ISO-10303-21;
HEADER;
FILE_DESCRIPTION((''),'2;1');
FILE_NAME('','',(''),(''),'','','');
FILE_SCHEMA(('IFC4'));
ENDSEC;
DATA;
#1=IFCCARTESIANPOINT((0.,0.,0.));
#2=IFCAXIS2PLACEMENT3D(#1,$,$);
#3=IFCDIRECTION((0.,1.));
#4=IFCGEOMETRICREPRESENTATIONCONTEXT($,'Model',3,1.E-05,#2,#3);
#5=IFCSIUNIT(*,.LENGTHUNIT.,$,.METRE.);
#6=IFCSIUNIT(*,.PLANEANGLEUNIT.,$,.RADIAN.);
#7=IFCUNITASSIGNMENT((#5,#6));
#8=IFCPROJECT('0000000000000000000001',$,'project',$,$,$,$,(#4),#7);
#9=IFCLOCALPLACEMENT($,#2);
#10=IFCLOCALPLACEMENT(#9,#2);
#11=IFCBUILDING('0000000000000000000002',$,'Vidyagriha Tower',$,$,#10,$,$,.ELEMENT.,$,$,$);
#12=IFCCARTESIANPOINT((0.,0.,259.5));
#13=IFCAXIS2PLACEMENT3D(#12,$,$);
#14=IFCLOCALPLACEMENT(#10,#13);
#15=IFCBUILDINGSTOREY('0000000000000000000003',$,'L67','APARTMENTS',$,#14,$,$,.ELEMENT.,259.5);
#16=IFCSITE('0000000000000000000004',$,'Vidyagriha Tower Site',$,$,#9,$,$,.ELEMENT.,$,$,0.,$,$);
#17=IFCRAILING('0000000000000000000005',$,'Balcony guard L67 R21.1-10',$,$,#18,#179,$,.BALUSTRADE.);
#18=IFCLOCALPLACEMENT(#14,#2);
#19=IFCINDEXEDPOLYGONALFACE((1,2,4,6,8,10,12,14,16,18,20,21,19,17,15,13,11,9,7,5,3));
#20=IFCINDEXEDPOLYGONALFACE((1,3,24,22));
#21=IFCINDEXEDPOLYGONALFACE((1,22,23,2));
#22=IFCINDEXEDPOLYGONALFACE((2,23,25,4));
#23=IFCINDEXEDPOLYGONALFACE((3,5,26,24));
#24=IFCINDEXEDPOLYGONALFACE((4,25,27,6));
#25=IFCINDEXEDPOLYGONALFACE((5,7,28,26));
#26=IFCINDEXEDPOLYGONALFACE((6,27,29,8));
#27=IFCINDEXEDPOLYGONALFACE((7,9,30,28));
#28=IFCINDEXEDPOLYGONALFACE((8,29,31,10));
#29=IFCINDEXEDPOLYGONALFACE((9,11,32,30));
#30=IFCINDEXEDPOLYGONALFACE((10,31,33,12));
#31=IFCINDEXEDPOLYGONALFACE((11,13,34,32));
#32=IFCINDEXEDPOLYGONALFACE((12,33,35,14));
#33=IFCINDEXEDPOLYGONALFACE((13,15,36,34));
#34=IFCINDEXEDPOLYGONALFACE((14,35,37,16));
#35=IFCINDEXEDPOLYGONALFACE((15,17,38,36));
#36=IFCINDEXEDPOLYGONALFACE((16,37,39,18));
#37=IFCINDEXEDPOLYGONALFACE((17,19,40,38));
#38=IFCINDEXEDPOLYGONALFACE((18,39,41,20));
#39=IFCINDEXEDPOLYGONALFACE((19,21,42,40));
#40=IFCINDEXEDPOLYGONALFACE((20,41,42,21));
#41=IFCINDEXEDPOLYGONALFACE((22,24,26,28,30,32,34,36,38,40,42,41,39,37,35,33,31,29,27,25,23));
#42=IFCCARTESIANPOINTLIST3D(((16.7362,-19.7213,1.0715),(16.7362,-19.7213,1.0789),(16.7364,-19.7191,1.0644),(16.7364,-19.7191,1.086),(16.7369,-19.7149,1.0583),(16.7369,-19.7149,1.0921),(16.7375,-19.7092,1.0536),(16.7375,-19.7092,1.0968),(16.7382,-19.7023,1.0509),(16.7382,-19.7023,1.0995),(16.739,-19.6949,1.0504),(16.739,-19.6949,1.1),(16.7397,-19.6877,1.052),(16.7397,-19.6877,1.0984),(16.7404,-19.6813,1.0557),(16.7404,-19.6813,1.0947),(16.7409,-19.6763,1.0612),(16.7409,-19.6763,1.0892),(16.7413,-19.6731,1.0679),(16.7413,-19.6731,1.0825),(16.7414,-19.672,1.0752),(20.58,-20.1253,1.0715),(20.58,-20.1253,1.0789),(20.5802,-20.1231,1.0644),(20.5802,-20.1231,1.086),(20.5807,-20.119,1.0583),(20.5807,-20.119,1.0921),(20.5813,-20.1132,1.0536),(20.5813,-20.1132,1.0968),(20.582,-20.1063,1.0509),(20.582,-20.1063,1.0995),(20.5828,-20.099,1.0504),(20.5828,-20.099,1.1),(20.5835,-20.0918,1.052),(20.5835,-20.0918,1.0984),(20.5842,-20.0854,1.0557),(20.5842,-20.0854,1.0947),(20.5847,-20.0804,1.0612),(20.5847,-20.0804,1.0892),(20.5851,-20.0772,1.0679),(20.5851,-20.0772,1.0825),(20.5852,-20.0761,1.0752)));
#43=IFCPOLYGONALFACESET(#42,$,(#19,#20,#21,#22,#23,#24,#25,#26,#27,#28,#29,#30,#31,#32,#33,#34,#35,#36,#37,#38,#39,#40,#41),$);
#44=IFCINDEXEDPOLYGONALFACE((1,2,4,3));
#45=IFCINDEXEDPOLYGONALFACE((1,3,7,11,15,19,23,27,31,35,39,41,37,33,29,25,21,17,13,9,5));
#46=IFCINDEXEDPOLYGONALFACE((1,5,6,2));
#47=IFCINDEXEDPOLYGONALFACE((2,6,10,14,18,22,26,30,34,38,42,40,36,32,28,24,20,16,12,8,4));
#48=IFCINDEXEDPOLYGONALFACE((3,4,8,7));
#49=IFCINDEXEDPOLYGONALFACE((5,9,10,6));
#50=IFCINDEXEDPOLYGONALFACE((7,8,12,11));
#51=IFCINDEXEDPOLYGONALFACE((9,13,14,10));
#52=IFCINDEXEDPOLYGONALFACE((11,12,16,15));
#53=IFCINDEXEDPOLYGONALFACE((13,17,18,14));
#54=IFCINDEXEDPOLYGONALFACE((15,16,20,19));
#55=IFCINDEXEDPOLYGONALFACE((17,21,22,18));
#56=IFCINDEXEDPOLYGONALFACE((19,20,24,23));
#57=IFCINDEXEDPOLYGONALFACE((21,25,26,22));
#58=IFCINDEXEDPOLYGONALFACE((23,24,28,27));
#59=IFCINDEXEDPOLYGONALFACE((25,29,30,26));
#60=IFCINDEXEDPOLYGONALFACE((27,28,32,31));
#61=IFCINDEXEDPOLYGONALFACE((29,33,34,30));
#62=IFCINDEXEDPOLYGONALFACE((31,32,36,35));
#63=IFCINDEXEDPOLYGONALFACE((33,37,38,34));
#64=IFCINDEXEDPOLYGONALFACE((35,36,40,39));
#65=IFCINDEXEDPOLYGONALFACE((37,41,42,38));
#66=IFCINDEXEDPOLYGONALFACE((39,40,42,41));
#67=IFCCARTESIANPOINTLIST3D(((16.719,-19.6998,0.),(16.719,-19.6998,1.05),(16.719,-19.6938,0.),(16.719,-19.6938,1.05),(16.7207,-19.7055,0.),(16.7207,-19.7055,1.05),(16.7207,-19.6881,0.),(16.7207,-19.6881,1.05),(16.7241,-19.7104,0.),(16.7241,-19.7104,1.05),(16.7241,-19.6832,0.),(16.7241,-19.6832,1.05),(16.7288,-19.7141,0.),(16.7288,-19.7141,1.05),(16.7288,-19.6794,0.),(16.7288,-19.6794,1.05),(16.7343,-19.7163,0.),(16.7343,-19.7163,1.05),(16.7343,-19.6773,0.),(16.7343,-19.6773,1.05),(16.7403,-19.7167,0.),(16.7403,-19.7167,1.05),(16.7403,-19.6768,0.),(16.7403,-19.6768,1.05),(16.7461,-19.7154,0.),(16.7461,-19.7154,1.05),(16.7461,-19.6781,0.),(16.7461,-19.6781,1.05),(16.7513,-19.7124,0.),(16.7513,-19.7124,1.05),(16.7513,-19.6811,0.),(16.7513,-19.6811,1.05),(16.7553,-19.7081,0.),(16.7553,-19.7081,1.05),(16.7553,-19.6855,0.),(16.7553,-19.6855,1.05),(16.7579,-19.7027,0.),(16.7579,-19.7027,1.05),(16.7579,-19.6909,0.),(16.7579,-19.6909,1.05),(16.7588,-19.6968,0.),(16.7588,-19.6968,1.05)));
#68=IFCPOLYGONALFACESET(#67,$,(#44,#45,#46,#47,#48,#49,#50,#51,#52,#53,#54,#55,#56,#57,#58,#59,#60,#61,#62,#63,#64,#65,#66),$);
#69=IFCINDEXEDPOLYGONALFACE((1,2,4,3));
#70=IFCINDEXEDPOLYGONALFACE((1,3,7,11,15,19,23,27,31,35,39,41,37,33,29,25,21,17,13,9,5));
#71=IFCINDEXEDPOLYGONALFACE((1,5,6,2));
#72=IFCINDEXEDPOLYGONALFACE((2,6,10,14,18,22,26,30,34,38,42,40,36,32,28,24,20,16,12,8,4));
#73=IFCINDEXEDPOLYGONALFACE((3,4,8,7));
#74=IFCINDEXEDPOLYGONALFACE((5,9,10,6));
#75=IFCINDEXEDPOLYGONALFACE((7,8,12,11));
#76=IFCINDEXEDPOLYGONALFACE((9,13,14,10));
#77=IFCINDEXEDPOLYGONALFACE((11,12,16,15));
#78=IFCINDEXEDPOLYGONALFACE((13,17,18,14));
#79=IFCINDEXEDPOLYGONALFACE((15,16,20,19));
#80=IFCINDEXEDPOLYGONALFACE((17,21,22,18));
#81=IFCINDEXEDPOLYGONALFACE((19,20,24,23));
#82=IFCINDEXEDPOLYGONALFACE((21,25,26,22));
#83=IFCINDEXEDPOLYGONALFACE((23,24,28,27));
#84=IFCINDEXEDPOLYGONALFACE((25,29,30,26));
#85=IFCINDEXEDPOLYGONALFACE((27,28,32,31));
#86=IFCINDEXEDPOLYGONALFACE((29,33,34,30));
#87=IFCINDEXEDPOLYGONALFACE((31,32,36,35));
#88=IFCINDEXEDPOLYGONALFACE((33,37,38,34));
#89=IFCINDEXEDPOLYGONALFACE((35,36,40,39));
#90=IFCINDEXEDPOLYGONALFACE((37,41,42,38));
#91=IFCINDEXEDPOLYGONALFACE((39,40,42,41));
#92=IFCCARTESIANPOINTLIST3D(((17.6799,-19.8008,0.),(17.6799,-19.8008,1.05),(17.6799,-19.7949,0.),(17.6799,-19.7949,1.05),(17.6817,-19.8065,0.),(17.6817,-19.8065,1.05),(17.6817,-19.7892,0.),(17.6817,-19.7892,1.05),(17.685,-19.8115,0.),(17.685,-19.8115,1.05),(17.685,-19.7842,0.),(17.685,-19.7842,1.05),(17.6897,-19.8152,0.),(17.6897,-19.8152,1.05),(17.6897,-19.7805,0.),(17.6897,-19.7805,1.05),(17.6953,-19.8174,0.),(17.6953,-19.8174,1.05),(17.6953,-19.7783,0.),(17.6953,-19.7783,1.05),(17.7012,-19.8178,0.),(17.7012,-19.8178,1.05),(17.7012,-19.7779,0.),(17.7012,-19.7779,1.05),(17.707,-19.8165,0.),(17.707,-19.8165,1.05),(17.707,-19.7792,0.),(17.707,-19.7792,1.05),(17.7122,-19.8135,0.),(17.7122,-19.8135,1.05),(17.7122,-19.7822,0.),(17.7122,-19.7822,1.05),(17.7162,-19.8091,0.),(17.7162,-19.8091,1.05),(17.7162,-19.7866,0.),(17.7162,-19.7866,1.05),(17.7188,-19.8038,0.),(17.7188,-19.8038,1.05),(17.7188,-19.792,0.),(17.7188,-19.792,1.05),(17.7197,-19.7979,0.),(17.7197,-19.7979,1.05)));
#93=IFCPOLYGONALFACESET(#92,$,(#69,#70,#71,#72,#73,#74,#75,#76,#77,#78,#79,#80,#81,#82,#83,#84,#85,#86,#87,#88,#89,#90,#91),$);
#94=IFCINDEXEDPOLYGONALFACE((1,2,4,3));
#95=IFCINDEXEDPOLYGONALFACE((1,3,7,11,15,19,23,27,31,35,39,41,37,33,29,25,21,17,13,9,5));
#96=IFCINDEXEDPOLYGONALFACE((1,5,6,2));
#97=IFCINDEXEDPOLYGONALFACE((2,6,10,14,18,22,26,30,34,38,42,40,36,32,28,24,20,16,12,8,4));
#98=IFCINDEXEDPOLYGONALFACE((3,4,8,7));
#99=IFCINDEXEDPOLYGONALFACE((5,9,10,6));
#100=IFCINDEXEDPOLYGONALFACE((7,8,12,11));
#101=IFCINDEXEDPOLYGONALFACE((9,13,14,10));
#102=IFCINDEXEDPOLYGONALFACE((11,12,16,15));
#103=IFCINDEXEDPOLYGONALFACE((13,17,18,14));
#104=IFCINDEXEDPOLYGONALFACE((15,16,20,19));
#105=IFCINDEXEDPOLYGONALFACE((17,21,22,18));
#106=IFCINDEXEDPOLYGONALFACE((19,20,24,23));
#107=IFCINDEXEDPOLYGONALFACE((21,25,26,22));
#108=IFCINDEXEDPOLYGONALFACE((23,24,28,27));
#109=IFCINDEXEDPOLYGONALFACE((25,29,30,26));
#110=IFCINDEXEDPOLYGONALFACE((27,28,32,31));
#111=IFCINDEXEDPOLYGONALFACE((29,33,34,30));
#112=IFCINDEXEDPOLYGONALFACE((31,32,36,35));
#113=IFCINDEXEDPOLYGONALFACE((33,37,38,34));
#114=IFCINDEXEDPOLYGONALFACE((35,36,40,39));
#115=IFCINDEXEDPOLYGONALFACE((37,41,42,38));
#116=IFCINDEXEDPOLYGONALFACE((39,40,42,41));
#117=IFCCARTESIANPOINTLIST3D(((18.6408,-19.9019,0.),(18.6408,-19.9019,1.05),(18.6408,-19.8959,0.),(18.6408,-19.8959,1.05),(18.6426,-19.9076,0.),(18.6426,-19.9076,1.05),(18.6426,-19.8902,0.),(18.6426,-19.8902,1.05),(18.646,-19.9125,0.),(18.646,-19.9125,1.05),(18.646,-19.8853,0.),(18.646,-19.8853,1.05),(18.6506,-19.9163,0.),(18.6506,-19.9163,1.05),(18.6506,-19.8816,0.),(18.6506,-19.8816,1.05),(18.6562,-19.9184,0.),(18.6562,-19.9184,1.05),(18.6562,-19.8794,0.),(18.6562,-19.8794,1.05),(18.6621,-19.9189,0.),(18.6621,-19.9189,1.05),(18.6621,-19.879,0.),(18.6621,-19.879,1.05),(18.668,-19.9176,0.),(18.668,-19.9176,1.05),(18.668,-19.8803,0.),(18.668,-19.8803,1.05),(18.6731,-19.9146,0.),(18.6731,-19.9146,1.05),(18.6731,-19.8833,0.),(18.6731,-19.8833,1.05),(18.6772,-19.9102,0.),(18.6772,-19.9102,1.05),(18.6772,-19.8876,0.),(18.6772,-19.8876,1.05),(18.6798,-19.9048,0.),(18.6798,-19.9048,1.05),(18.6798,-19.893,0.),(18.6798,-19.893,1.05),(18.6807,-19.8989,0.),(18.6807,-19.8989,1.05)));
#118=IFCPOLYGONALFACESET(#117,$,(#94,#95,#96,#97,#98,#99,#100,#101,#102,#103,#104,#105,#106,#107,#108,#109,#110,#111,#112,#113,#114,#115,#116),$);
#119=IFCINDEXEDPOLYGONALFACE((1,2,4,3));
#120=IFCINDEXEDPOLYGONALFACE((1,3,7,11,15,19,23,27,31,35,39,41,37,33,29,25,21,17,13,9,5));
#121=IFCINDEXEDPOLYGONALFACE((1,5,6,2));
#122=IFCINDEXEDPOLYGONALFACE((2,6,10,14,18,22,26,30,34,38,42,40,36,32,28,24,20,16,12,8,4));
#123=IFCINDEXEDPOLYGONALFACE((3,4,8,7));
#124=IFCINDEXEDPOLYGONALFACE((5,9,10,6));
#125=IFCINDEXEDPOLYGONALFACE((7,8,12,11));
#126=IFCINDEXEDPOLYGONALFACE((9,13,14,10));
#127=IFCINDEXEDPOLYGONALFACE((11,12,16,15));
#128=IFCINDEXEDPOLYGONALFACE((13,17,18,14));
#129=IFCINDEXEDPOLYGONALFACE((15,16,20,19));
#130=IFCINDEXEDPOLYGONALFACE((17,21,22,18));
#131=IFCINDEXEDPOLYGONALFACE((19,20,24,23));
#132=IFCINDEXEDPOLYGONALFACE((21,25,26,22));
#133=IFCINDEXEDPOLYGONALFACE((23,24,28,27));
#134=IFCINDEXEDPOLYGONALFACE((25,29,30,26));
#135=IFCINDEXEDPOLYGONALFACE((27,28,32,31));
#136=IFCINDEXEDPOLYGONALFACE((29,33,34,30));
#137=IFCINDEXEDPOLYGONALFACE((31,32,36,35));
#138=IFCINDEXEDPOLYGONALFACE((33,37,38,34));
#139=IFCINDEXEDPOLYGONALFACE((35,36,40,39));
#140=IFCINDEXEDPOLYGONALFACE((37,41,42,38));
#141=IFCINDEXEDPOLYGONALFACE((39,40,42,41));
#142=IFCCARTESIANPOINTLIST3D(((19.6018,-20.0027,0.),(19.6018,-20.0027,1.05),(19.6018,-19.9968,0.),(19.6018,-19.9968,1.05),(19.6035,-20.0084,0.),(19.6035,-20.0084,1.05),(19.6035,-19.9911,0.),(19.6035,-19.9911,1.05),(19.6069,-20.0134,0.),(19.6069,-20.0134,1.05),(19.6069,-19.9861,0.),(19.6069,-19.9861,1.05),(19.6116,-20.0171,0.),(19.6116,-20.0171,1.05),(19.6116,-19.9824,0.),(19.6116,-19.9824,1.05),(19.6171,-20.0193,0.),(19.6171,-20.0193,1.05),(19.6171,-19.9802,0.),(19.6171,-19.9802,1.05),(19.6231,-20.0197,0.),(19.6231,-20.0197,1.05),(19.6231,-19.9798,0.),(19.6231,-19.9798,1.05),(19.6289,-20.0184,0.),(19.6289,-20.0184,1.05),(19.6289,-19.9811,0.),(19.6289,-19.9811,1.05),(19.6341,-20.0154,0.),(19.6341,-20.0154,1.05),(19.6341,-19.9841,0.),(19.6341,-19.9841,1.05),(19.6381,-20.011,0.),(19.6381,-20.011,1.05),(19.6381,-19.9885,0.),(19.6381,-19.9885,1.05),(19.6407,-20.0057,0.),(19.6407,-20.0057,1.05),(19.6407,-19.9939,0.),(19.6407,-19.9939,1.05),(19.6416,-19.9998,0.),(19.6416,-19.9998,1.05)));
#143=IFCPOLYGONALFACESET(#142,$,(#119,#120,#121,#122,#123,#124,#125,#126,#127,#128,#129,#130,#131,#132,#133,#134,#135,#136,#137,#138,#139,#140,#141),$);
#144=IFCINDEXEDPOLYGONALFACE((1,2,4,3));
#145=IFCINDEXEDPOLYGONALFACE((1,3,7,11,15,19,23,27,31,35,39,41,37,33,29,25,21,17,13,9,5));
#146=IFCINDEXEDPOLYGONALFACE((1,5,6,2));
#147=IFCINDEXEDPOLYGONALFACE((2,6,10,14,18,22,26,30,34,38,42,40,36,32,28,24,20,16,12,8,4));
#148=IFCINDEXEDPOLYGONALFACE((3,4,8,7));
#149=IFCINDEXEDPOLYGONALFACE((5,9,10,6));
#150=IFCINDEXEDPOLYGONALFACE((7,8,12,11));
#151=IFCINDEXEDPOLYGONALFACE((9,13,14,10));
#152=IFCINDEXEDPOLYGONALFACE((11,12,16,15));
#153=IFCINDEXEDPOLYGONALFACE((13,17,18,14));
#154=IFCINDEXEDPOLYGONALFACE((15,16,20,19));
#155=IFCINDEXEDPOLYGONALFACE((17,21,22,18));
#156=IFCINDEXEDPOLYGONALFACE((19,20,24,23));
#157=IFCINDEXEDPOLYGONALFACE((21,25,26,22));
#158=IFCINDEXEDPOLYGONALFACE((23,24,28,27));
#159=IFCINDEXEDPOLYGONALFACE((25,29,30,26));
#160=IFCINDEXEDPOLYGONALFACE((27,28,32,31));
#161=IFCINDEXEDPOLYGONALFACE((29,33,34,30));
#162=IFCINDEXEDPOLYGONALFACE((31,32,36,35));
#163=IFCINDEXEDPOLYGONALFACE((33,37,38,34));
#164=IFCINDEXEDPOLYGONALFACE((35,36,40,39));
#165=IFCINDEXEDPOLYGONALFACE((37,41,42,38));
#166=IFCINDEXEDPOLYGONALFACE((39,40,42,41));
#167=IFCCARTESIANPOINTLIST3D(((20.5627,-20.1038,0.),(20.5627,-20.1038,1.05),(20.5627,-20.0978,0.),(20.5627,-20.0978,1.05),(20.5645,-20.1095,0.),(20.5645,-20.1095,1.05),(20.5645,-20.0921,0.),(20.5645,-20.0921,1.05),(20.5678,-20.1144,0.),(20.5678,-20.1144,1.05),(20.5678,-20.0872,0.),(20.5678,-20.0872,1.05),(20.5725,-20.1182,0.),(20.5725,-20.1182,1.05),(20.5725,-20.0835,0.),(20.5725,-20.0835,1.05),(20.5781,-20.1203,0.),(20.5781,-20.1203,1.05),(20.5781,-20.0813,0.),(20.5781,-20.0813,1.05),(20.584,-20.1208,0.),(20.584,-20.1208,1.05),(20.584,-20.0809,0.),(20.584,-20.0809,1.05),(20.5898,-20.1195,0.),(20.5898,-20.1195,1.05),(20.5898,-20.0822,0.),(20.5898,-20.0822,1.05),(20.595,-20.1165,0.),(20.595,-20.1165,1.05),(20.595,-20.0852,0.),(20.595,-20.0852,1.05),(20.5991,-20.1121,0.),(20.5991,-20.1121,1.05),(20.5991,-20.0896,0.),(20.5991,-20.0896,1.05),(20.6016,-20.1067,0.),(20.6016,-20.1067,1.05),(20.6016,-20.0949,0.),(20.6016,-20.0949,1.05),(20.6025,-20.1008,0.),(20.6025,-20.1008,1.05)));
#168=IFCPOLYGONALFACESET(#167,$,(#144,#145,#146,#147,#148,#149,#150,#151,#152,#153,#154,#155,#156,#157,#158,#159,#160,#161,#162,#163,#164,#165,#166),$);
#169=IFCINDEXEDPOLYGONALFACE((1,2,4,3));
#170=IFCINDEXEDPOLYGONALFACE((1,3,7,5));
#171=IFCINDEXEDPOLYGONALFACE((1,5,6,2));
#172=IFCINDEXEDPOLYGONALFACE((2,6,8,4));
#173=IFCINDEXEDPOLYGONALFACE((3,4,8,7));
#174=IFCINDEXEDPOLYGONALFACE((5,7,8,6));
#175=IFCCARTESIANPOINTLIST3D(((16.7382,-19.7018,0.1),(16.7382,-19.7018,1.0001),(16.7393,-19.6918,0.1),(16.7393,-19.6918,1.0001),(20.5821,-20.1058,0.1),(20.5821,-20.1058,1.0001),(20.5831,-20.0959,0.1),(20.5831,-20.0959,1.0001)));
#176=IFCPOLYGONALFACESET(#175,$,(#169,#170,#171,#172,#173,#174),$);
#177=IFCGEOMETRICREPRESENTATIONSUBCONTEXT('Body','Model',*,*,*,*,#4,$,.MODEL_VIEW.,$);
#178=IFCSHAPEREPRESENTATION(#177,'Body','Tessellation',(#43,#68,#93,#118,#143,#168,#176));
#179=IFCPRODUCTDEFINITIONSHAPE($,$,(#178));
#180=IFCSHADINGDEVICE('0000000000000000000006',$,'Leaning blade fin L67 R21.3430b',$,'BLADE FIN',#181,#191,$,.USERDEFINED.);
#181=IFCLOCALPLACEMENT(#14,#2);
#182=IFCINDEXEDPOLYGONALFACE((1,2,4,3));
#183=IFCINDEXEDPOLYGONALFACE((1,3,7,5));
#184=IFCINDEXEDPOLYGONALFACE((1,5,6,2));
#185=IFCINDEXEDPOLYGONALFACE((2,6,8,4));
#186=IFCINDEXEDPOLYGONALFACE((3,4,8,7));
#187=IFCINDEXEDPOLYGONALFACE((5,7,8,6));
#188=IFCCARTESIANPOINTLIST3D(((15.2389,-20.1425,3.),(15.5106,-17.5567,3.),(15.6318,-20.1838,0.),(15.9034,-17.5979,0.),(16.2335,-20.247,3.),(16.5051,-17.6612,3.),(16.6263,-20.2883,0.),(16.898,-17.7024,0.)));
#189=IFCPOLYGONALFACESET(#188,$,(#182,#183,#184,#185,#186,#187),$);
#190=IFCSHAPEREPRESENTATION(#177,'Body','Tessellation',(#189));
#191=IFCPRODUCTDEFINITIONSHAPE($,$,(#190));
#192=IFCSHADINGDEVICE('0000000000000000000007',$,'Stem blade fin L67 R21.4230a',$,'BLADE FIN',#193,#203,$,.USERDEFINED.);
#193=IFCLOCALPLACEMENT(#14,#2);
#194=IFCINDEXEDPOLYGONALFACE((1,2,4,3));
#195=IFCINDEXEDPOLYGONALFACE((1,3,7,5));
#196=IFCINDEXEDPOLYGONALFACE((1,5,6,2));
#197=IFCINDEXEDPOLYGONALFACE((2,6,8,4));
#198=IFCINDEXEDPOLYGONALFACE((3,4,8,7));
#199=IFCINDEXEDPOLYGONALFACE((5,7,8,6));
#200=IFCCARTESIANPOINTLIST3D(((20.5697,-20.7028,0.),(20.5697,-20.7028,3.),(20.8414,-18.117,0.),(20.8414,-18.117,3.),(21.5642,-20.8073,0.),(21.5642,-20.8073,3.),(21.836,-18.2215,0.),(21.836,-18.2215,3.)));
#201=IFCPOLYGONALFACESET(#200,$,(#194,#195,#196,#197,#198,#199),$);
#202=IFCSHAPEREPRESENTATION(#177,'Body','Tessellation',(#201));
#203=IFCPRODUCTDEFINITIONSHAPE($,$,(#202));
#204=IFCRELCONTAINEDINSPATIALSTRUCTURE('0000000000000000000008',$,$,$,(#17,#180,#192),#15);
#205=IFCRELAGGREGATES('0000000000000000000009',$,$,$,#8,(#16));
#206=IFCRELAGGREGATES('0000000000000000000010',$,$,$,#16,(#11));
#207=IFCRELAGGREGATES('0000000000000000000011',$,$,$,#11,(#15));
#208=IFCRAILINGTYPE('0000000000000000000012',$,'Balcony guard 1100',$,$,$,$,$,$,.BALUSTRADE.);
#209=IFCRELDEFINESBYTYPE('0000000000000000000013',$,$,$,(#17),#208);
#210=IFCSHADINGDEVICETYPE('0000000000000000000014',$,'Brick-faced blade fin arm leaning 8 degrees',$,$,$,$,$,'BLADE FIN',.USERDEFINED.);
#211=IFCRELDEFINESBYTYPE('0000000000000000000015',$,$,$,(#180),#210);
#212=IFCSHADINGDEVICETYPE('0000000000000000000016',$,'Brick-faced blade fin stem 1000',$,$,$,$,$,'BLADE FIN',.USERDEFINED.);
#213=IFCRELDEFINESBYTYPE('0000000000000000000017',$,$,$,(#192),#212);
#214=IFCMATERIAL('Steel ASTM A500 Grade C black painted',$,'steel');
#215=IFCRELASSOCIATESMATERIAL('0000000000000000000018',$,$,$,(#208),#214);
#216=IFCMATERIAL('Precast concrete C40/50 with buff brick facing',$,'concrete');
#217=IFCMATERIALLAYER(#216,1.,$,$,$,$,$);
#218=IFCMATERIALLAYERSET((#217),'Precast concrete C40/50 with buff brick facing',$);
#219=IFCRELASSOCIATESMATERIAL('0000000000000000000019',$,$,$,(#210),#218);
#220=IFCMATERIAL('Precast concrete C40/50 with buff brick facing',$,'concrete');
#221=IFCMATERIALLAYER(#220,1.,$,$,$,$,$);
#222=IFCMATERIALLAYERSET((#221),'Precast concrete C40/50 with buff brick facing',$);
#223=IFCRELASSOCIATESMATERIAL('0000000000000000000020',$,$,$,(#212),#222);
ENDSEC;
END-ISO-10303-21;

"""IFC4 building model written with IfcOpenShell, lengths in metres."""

from ifc_helpers import new_model, si_unit, direction, frame, origin, origin_2d, place, context, subcontext, project, spatial, polyline, rectangle, circle, outline, extrude, material, layer, layer_set, type_object, element, save


model = new_model("IFC4")

# Units and contexts
model_context = context("Model", 3, precision=1e-05, world=origin(), true_north=direction((0.0, 1.0)))
body_context = subcontext(model_context, "Body", "Model", "MODEL_VIEW")
ifc_project = project(units=[si_unit("LENGTHUNIT", "METRE"), si_unit("PLANEANGLEUNIT", "RADIAN")], contexts=[model_context])

# Site, building, storey
site_placement = place(None, origin())
site = spatial("IfcSite", under=ifc_project, at=site_placement, Name="Vidyagriha Tower Site", CompositionType="ELEMENT", RefElevation=0.0)
building_placement = place(site_placement, origin())
building = spatial("IfcBuilding", under=site, at=building_placement, Name="Vidyagriha Tower", CompositionType="ELEMENT")
storey_placement = place(building_placement, frame((0.0, 0.0, 259.5)))
storey = spatial("IfcBuildingStorey", under=building, at=storey_placement, Name="L67", Description="APARTMENTS", CompositionType="ELEMENT", Elevation=259.5)

# Railing
ifc_material_1 = material(Name="Steel ASTM A500 Grade C black painted", Category="steel")
railing_type = type_object("IfcRailingType", Name="Balcony guard 1100", PredefinedType="BALUSTRADE", material=ifc_material_1)
railing_1_placement = place(storey_placement, frame((16.7388, -19.6968, 0.0)))
element("IfcRailing", 1, at=railing_1_placement, inside=storey, type_object=railing_type, Name="Balcony guard L67 R21.1-10", PredefinedType="BALUSTRADE", context=body_context, shape_type="SweptSolid", body=[
    extrude(circle(Radius=0.0249, at=origin_2d()), frame((0.0, 0.0, 1.0752), z_axis=(0.99452, -0.104543, 0.0), x_axis=(0.104543, 0.99452, 0.0)), (0.0, 0.0, 1.0), 3.865),
    extrude(circle(Radius=0.02, at=origin_2d()), origin(), (0.0, 0.0, 1.0), 1.05),
    extrude(circle(Radius=0.02, at=origin_2d()), frame((0.9609, -0.1011, 0.0)), (0.0, 0.0, 1.0), 1.05),
    extrude(circle(Radius=0.02, at=origin_2d()), frame((1.9219, -0.2021, 0.0)), (0.0, 0.0, 1.0), 1.05),
    extrude(circle(Radius=0.02, at=origin_2d()), frame((2.8828, -0.303, 0.0)), (0.0, 0.0, 1.0), 1.05),
    extrude(circle(Radius=0.02, at=origin_2d()), frame((3.8438, -0.4041, 0.0)), (0.0, 0.0, 1.0), 1.05),
    extrude(rectangle(XDim=0.01, YDim=0.9001, at=origin_2d()), frame((0.0, 0.0, 0.55), z_axis=(0.99452, -0.104543, 0.0), x_axis=(0.104543, 0.99452, 0.0)), (0.0, 0.0, 1.0), 3.865),
])

# Shading devices
ifc_material_2 = material(Name="Precast concrete C40/50 with buff brick facing", Category="concrete")
ifc_layer_1 = layer(ifc_material_2, 1.0)
ifc_layer_set_1 = layer_set([ifc_layer_1], Name="Precast concrete C40/50 with buff brick facing")
shading_device_type_1 = type_object("IfcShadingDeviceType", Name="Brick-faced blade fin arm leaning 8 degrees", ElementType="BLADE FIN", PredefinedType="USERDEFINED", material=ifc_layer_set_1)
shading_device_1_placement = place(storey_placement, frame((15.3748, -18.8496, 0.0), z_axis=(0.0, 0.0, 1.0), x_axis=(0.994527, -0.104475, 0.0)))
element("IfcShadingDevice", 2, at=shading_device_1_placement, inside=storey, type_object=shading_device_type_1, Name="Leaning blade fin L67 R21.3430b", ObjectType="BLADE FIN", PredefinedType="USERDEFINED", context=body_context, shape_type="SweptSolid", body=[
    extrude(outline(polyline([(0.395, 0.0), (1.395, 0.0), (1.0, 3.0), (0.0, 3.0), (0.395, 0.0)])), frame((0.0, 1.3, 0.0), z_axis=(0.0, -1.0, 0.0), x_axis=(1.0, 0.0, 0.0)), (0.0, 0.0, 1.0), 2.6001),
])
ifc_material_3 = material(Name="Precast concrete C40/50 with buff brick facing", Category="concrete")
ifc_layer_2 = layer(ifc_material_3, 1.0)
ifc_layer_set_2 = layer_set([ifc_layer_2], Name="Precast concrete C40/50 with buff brick facing")
shading_device_type_2 = type_object("IfcShadingDeviceType", Name="Brick-faced blade fin stem 1000", ElementType="BLADE FIN", PredefinedType="USERDEFINED", material=ifc_layer_set_2)
shading_device_2_placement = place(storey_placement, frame((20.7056, -19.4099, 0.0), z_axis=(0.0, 0.0, 1.0), x_axis=(0.994524, -0.104507, 0.0)))
element("IfcShadingDevice", 3, at=shading_device_2_placement, inside=storey, type_object=shading_device_type_2, Name="Stem blade fin L67 R21.4230a", ObjectType="BLADE FIN", PredefinedType="USERDEFINED", context=body_context, shape_type="SweptSolid", body=[
    extrude(outline(polyline([(0.0, 0.0), (1.0, 0.0), (1.0, 3.0), (0.0, 3.0), (0.0, 0.0)])), frame((0.0, 1.3, 0.0), z_axis=(0.0, -1.0, 0.0), x_axis=(1.0, 0.0, 0.0)), (0.0, 0.0, 1.0), 2.6001),
])

save(model, "model.ifc")
